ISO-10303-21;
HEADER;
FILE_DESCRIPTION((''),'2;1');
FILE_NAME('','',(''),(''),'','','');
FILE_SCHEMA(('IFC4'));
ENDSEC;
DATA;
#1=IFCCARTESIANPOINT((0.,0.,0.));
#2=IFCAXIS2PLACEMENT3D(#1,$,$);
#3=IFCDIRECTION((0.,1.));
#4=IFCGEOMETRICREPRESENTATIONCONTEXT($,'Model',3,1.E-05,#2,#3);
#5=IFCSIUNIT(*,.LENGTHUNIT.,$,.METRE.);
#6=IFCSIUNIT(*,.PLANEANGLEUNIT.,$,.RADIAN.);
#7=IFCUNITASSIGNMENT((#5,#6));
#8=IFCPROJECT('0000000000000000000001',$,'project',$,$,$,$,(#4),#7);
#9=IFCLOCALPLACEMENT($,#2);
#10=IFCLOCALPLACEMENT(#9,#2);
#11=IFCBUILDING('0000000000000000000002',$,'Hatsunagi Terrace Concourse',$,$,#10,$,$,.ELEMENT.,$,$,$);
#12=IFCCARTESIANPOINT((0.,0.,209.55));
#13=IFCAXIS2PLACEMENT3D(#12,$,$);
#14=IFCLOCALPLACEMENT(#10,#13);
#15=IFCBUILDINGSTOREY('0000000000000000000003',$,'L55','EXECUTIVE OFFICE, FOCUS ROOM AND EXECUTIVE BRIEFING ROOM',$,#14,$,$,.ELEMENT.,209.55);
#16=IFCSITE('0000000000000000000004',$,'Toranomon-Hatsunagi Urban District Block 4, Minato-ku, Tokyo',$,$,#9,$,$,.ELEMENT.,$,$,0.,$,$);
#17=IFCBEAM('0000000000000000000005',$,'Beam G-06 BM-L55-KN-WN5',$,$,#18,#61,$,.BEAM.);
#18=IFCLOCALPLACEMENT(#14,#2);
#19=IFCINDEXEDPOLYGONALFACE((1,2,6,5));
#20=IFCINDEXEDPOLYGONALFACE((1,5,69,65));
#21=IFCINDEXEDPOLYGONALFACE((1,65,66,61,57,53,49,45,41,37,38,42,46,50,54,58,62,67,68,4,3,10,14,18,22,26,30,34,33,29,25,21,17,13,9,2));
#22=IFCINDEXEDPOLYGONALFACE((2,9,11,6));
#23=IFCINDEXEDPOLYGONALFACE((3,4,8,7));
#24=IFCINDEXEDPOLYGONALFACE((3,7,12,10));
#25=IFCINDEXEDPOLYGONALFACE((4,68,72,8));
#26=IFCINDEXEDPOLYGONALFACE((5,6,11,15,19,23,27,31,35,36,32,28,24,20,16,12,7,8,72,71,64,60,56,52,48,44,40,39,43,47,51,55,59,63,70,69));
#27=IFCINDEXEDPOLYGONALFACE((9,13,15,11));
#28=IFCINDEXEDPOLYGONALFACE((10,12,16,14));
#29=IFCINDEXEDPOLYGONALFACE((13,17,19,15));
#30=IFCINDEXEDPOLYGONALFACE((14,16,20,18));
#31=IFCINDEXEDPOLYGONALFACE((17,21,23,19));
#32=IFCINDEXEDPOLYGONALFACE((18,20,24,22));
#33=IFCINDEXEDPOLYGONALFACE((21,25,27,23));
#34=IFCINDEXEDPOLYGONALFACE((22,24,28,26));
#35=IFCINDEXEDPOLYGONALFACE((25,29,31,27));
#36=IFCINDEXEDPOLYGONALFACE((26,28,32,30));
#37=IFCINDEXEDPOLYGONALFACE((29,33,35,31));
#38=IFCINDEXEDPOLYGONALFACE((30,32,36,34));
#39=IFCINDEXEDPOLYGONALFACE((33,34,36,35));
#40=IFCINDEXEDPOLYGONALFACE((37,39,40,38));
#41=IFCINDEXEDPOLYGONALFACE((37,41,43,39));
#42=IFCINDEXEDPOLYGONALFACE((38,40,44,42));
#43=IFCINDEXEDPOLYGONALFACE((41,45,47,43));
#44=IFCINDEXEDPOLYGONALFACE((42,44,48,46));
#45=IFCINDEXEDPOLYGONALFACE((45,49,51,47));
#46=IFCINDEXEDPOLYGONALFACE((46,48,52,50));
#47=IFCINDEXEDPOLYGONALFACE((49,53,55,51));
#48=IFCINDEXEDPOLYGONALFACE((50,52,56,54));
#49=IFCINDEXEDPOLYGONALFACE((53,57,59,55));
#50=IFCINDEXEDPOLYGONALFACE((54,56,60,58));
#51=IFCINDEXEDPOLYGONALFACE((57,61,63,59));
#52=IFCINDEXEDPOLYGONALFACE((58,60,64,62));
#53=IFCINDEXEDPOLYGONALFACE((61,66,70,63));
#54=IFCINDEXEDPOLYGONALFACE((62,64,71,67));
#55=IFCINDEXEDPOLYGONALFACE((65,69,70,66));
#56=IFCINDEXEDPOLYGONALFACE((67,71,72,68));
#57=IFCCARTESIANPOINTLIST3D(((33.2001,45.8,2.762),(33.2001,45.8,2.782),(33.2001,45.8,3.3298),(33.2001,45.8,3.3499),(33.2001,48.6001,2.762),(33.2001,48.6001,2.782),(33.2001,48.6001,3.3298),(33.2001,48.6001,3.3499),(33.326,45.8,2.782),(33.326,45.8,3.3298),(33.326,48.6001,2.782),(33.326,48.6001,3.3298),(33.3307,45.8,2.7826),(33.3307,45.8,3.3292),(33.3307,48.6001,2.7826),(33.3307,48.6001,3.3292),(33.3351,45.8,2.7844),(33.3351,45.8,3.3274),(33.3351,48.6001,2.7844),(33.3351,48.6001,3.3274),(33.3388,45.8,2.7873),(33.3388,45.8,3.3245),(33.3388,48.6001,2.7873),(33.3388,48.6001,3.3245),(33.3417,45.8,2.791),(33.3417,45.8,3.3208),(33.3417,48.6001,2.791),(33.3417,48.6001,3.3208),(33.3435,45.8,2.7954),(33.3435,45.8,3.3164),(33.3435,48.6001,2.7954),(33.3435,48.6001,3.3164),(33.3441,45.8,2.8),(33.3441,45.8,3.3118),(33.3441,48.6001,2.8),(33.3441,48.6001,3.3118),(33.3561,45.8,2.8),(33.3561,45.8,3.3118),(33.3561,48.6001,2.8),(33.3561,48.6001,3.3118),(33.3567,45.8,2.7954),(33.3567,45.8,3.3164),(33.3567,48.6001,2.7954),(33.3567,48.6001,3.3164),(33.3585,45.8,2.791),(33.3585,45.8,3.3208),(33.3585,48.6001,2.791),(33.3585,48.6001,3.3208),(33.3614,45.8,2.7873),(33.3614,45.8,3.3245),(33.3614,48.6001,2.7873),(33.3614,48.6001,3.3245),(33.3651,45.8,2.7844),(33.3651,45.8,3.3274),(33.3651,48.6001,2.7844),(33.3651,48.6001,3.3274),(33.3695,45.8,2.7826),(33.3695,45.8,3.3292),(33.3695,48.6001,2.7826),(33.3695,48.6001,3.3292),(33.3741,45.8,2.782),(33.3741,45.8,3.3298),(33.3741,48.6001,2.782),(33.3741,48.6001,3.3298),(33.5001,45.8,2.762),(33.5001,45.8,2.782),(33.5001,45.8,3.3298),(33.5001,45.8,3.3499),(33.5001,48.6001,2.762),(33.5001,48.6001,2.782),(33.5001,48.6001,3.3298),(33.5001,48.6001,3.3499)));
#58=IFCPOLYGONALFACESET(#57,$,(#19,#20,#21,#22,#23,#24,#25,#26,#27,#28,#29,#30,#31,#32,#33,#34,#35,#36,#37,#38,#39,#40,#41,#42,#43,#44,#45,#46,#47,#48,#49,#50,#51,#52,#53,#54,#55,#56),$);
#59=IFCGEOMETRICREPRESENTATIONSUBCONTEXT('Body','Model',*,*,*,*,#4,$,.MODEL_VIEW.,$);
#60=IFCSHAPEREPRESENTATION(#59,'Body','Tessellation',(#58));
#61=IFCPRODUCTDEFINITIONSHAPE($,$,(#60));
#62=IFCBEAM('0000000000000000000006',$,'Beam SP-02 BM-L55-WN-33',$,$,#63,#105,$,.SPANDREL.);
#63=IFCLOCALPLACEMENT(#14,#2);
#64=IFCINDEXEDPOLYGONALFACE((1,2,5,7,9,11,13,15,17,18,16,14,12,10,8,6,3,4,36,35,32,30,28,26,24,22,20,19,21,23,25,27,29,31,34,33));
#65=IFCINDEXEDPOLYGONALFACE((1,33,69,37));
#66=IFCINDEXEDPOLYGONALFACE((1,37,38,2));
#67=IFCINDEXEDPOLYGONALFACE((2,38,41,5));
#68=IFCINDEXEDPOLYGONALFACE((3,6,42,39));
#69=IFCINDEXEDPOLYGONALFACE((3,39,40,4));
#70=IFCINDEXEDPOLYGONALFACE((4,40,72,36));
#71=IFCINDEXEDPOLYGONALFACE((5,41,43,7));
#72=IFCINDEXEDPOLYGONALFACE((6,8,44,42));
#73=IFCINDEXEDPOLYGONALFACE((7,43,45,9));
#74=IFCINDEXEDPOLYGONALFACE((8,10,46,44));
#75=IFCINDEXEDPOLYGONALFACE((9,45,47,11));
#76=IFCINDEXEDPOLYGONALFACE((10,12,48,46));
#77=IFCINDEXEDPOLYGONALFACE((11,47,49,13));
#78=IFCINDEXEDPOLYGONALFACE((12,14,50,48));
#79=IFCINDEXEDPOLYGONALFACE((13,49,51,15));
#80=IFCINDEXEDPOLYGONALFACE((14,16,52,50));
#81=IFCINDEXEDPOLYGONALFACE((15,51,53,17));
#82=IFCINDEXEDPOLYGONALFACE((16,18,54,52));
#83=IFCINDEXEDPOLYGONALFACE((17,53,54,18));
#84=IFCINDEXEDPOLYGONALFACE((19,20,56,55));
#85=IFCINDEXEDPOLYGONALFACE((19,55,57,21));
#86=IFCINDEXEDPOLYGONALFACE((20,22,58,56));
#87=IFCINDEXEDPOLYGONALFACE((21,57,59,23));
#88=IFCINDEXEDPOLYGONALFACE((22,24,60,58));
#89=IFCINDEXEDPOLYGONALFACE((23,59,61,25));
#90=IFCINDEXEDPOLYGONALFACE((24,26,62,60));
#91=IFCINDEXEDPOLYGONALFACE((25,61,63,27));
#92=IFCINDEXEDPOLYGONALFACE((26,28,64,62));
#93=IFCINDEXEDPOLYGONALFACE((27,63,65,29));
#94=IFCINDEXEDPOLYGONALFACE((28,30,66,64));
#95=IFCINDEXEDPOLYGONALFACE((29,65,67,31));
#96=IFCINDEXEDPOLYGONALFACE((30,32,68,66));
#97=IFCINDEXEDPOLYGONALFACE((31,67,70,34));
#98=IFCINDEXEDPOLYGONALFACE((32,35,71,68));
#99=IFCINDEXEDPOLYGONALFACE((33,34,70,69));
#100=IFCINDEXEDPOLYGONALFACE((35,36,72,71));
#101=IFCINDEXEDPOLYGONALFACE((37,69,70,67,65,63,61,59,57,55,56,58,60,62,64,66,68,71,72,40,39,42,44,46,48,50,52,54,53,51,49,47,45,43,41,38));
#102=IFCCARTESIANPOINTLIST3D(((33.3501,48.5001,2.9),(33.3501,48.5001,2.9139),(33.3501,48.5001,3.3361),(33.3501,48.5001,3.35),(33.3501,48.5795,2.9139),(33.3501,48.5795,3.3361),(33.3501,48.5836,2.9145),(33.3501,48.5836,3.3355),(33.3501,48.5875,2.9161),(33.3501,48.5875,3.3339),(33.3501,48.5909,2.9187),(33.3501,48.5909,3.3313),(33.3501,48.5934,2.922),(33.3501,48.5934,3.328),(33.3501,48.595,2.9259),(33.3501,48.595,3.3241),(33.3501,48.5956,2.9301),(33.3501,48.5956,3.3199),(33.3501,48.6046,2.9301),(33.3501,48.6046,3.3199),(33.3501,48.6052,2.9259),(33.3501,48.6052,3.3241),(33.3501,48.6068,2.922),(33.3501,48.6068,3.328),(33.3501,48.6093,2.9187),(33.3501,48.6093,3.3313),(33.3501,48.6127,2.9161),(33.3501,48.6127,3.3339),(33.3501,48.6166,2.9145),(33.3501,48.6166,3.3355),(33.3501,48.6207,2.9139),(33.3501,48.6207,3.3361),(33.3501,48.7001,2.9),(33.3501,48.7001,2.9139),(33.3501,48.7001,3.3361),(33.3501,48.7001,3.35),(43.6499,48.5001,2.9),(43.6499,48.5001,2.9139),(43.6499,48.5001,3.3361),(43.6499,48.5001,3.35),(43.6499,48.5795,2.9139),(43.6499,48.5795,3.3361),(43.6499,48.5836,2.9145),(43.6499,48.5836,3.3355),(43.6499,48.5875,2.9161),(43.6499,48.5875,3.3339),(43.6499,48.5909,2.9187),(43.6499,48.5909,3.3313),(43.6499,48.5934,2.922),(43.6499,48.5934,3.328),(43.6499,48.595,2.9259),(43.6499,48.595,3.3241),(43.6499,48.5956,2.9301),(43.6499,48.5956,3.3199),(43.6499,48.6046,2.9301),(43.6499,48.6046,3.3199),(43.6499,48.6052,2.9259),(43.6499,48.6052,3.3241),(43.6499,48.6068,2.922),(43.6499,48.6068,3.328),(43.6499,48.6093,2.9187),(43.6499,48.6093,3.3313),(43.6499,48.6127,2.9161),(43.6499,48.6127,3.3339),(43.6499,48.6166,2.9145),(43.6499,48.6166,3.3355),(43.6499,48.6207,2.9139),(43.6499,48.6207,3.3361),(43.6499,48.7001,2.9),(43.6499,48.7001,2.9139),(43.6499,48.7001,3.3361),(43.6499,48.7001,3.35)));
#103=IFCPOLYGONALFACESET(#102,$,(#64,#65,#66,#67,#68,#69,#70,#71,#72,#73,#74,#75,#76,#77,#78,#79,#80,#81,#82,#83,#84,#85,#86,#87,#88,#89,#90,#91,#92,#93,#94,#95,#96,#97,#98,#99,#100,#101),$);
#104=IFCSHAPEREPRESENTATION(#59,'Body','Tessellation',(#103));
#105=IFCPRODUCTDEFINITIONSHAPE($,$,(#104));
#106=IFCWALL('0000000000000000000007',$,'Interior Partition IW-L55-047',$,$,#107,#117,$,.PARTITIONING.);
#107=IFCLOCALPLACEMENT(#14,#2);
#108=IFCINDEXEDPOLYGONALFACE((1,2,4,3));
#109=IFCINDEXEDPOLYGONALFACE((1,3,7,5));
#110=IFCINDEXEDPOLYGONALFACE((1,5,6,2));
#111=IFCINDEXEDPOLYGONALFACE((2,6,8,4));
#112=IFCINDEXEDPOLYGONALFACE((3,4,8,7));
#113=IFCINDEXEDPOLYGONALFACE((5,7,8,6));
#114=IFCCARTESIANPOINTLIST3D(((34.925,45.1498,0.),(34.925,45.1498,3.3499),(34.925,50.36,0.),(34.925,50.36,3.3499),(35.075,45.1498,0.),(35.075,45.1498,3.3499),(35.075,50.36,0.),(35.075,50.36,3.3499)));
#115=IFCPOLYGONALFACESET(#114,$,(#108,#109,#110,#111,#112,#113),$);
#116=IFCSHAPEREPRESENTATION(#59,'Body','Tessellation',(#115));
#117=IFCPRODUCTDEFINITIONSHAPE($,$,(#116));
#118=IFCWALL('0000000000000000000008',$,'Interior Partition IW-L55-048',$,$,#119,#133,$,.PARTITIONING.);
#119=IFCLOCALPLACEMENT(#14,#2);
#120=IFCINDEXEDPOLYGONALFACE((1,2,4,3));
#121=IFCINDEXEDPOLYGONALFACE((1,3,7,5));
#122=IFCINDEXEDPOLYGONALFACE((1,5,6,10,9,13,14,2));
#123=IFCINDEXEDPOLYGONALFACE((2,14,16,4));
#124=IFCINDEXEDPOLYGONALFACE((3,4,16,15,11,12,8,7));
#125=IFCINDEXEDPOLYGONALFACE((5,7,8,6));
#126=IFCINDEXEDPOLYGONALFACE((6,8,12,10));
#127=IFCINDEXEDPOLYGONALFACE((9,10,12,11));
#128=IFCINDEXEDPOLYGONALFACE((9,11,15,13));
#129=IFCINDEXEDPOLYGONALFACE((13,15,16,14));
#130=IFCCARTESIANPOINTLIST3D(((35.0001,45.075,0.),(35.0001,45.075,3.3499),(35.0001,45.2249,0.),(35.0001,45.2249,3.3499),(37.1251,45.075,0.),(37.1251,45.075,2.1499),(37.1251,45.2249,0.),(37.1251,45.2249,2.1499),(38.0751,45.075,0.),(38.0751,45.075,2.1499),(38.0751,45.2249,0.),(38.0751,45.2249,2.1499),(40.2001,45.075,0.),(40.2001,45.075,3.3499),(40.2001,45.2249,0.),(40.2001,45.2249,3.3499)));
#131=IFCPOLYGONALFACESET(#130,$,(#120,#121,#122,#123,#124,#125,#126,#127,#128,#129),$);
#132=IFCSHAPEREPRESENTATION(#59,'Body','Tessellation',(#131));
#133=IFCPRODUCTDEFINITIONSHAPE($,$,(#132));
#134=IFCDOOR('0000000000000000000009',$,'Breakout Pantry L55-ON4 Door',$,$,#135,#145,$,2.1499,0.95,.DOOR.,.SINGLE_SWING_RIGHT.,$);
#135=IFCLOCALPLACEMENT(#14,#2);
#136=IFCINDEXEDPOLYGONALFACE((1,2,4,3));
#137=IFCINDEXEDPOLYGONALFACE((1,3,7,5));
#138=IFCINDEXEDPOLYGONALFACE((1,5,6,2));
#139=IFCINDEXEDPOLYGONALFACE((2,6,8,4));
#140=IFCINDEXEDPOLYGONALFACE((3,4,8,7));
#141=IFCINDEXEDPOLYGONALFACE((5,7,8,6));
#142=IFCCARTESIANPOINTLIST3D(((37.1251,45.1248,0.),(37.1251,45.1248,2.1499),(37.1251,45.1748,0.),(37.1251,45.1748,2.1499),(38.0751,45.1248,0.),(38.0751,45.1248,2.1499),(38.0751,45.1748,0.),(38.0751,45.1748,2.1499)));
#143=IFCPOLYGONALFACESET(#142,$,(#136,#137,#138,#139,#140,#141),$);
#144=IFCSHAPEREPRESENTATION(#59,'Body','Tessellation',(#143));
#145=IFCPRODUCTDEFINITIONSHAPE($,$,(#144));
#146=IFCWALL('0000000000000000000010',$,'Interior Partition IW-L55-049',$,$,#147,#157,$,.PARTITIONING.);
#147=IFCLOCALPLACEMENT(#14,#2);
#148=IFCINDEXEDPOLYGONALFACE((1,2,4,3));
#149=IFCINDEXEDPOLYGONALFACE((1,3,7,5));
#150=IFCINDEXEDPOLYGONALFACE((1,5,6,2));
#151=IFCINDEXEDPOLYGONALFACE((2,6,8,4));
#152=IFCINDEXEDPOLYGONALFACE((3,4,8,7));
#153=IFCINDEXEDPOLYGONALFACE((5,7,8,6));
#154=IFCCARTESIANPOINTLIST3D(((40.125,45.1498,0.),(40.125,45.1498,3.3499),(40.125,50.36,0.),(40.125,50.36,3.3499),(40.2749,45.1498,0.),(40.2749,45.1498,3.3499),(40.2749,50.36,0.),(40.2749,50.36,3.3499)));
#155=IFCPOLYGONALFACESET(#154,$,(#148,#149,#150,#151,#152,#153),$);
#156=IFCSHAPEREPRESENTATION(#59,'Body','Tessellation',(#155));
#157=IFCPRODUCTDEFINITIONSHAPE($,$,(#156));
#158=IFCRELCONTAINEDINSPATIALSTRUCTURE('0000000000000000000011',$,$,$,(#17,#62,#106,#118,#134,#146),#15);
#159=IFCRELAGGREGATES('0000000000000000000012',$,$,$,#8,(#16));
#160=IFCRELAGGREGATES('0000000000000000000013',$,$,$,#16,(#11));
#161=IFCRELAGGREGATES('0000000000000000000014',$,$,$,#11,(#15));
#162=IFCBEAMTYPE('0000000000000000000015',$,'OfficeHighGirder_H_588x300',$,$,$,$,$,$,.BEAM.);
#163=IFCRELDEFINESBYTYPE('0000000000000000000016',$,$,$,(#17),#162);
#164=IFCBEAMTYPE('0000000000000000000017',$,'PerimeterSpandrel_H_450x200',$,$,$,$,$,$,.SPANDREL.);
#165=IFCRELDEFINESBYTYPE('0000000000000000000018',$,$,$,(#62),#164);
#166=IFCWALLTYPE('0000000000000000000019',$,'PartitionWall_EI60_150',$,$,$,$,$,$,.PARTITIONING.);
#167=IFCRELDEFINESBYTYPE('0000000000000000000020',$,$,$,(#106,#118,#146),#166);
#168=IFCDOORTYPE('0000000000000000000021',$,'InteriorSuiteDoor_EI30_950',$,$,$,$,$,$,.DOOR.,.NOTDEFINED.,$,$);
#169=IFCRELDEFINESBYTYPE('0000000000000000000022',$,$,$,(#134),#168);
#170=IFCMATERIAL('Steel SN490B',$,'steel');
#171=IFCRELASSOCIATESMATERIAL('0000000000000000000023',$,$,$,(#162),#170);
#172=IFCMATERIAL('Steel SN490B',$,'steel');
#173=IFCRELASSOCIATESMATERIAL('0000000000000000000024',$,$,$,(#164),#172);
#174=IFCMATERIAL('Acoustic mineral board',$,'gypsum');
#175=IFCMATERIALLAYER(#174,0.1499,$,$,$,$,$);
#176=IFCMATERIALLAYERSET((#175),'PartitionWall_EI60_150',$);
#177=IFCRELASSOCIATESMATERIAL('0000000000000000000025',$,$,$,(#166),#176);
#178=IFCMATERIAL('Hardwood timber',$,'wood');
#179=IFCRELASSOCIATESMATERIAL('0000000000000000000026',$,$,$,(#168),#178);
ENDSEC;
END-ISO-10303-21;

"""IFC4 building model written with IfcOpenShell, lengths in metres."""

from ifc_helpers import new_model, si_unit, direction, frame, frame_2d, origin, origin_2d, place, context, subcontext, project, spatial, rectangle, i_section, extrude, material, layer, layer_set, material_profile, profile_set, type_object, element, fill, save


model = new_model("IFC4")

# Units and contexts
model_context = context("Model", 3, precision=1e-05, world=origin(), true_north=direction((0.0, 1.0)))
body_context = subcontext(model_context, "Body", "Model", "MODEL_VIEW")
ifc_project = project(units=[si_unit("LENGTHUNIT", "METRE"), si_unit("PLANEANGLEUNIT", "RADIAN")], contexts=[model_context])

# Site, building, storey
site_placement = place(None, origin())
site = spatial("IfcSite", under=ifc_project, at=site_placement, Name="Toranomon-Hatsunagi Urban District Block 4, Minato-ku, Tokyo", CompositionType="ELEMENT", RefElevation=0.0)
building_placement = place(site_placement, origin())
building = spatial("IfcBuilding", under=site, at=building_placement, Name="Hatsunagi Terrace Concourse", CompositionType="ELEMENT")
storey_placement = place(building_placement, frame((0.0, 0.0, 209.55)))
storey = spatial("IfcBuildingStorey", under=building, at=storey_placement, Name="L55", Description="EXECUTIVE OFFICE, FOCUS ROOM AND EXECUTIVE BRIEFING ROOM", CompositionType="ELEMENT", Elevation=209.55)

# Beams
ifc_material_1 = material(Name="Steel SN490B", Category="steel")
ifc_material_profile_1 = material_profile(ifc_material_1, i_section(OverallWidth=0.3, OverallDepth=0.5879, WebThickness=0.012, FlangeThickness=0.02, FilletRadius=0.0181, at=origin_2d()), Name="H-588x300x12x20")
ifc_profile_set_1 = profile_set([ifc_material_profile_1], Name="Steel SN490B")
beam_type_1 = type_object("IfcBeamType", Name="OfficeHighGirder_H_588x300", PredefinedType="BEAM", material=ifc_profile_set_1)
beam_1_placement = place(storey_placement, frame((33.3501, 45.8, 3.0559), z_axis=(0.0, 1.0, 0.0), x_axis=(-1.0, 0.0, 0.0)))
element("IfcBeam", 1, at=beam_1_placement, inside=storey, type_object=beam_type_1, Name="Beam G-06 BM-L55-KN-WN5", PredefinedType="BEAM", context=body_context, shape_type="SweptSolid", body=[
    extrude(i_section(OverallWidth=0.3, OverallDepth=0.5879, WebThickness=0.012, FlangeThickness=0.02, FilletRadius=0.0181, at=origin_2d()), origin(), (0.0, 0.0, 1.0), 2.8),
])
ifc_material_2 = material(Name="Steel SN490B", Category="steel")
ifc_material_profile_2 = material_profile(ifc_material_2, i_section(OverallWidth=0.2, OverallDepth=0.45, WebThickness=0.009, FlangeThickness=0.0139, FilletRadius=0.0161, at=origin_2d()), Name="H-450x200x9x14")
ifc_profile_set_2 = profile_set([ifc_material_profile_2], Name="Steel SN490B")
beam_type_2 = type_object("IfcBeamType", Name="PerimeterSpandrel_H_450x200", PredefinedType="SPANDREL", material=ifc_profile_set_2)
beam_2_placement = place(storey_placement, frame((33.3501, 48.6001, 3.125), z_axis=(1.0, 0.0, 0.0), x_axis=(0.0, 1.0, 0.0)))
element("IfcBeam", 2, at=beam_2_placement, inside=storey, type_object=beam_type_2, Name="Beam SP-02 BM-L55-WN-33", PredefinedType="SPANDREL", context=body_context, shape_type="SweptSolid", body=[
    extrude(i_section(OverallWidth=0.2, OverallDepth=0.45, WebThickness=0.009, FlangeThickness=0.0139, FilletRadius=0.0161, at=origin_2d()), origin(), (0.0, 0.0, 1.0), 10.2998),
])

# Wall
ifc_material_3 = material(Name="Acoustic mineral board", Category="gypsum")
ifc_layer_1 = layer(ifc_material_3, 0.1499)
ifc_layer_set_1 = layer_set([ifc_layer_1], Name="PartitionWall_EI60_150")
wall_type_1 = type_object("IfcWallType", Name="PartitionWall_EI60_150", PredefinedType="PARTITIONING", material=ifc_layer_set_1)
wall_1_placement = place(storey_placement, frame((35.0, 45.1499, 0.0), z_axis=(0.0, 0.0, 1.0), x_axis=(0.0, 1.0, 0.0)))
element("IfcWall", 3, at=wall_1_placement, inside=storey, type_object=wall_type_1, Name="Interior Partition IW-L55-047", PredefinedType="PARTITIONING", context=body_context, shape_type="SweptSolid", body=[
    extrude(rectangle(XDim=5.2102, YDim=0.1499, at=frame_2d((2.605, 0.0))), origin(), (0.0, 0.0, 1.0), 3.3499),
])

# Wall, opening, door
wall_2_placement = place(storey_placement, frame((35.0, 45.1499, 0.0), z_axis=(0.0, 0.0, 1.0), x_axis=(1.0, 0.0, 0.0)))
wall_2 = element("IfcWall", 4, at=wall_2_placement, inside=storey, type_object=wall_type_1, Name="Interior Partition IW-L55-048", PredefinedType="PARTITIONING", context=body_context, shape_type="SweptSolid", body=[
    extrude(rectangle(XDim=5.2, YDim=0.1499, at=frame_2d((2.6001, 0.0))), origin(), (0.0, 0.0, 1.0), 3.3499),
])
opening_1_placement = place(wall_2_placement, frame((2.125, 0.0, 0.0)))
opening_1 = element("IfcOpeningElement", 5, at=opening_1_placement, cuts=wall_2, PredefinedType="OPENING", context=body_context, shape_type="SweptSolid", body=[
    extrude(rectangle(XDim=0.95, YDim=2.1499, at=frame_2d((0.4751, 1.075))), frame((0.0, 0.085, 0.0), z_axis=(0.0, -1.0, 0.0), x_axis=(1.0, 0.0, 0.0)), (0.0, 0.0, 1.0), 0.1699),
])
ifc_material_4 = material(Name="Hardwood timber", Category="wood")
door_type_1 = type_object("IfcDoorType", Name="InteriorSuiteDoor_EI30_950", OperationType="NOTDEFINED", PredefinedType="DOOR", material=ifc_material_4)
door_1_placement = place(opening_1_placement, origin())
door_1 = element("IfcDoor", 6, at=door_1_placement, inside=storey, type_object=door_type_1, Name="Breakout Pantry L55-ON4 Door", OperationType="SINGLE_SWING_RIGHT", OverallHeight=2.1499, OverallWidth=0.95, PredefinedType="DOOR", context=body_context, shape_type="SweptSolid", body=[
    extrude(rectangle(XDim=0.95, YDim=2.1499, at=frame_2d((0.4751, 1.075))), frame((0.0, 0.0249, 0.0), z_axis=(0.0, -1.0, 0.0), x_axis=(1.0, 0.0, 0.0)), (0.0, 0.0, 1.0), 0.05),
])
fill(opening_1, door_1)

# Wall
wall_3_placement = place(storey_placement, frame((40.2, 45.1499, 0.0), z_axis=(0.0, 0.0, 1.0), x_axis=(0.0, 1.0, 0.0)))
element("IfcWall", 7, at=wall_3_placement, inside=storey, type_object=wall_type_1, Name="Interior Partition IW-L55-049", PredefinedType="PARTITIONING", context=body_context, shape_type="SweptSolid", body=[
    extrude(rectangle(XDim=5.2102, YDim=0.1499, at=frame_2d((2.605, 0.0))), origin(), (0.0, 0.0, 1.0), 3.3499),
])

save(model, "model.ifc")
